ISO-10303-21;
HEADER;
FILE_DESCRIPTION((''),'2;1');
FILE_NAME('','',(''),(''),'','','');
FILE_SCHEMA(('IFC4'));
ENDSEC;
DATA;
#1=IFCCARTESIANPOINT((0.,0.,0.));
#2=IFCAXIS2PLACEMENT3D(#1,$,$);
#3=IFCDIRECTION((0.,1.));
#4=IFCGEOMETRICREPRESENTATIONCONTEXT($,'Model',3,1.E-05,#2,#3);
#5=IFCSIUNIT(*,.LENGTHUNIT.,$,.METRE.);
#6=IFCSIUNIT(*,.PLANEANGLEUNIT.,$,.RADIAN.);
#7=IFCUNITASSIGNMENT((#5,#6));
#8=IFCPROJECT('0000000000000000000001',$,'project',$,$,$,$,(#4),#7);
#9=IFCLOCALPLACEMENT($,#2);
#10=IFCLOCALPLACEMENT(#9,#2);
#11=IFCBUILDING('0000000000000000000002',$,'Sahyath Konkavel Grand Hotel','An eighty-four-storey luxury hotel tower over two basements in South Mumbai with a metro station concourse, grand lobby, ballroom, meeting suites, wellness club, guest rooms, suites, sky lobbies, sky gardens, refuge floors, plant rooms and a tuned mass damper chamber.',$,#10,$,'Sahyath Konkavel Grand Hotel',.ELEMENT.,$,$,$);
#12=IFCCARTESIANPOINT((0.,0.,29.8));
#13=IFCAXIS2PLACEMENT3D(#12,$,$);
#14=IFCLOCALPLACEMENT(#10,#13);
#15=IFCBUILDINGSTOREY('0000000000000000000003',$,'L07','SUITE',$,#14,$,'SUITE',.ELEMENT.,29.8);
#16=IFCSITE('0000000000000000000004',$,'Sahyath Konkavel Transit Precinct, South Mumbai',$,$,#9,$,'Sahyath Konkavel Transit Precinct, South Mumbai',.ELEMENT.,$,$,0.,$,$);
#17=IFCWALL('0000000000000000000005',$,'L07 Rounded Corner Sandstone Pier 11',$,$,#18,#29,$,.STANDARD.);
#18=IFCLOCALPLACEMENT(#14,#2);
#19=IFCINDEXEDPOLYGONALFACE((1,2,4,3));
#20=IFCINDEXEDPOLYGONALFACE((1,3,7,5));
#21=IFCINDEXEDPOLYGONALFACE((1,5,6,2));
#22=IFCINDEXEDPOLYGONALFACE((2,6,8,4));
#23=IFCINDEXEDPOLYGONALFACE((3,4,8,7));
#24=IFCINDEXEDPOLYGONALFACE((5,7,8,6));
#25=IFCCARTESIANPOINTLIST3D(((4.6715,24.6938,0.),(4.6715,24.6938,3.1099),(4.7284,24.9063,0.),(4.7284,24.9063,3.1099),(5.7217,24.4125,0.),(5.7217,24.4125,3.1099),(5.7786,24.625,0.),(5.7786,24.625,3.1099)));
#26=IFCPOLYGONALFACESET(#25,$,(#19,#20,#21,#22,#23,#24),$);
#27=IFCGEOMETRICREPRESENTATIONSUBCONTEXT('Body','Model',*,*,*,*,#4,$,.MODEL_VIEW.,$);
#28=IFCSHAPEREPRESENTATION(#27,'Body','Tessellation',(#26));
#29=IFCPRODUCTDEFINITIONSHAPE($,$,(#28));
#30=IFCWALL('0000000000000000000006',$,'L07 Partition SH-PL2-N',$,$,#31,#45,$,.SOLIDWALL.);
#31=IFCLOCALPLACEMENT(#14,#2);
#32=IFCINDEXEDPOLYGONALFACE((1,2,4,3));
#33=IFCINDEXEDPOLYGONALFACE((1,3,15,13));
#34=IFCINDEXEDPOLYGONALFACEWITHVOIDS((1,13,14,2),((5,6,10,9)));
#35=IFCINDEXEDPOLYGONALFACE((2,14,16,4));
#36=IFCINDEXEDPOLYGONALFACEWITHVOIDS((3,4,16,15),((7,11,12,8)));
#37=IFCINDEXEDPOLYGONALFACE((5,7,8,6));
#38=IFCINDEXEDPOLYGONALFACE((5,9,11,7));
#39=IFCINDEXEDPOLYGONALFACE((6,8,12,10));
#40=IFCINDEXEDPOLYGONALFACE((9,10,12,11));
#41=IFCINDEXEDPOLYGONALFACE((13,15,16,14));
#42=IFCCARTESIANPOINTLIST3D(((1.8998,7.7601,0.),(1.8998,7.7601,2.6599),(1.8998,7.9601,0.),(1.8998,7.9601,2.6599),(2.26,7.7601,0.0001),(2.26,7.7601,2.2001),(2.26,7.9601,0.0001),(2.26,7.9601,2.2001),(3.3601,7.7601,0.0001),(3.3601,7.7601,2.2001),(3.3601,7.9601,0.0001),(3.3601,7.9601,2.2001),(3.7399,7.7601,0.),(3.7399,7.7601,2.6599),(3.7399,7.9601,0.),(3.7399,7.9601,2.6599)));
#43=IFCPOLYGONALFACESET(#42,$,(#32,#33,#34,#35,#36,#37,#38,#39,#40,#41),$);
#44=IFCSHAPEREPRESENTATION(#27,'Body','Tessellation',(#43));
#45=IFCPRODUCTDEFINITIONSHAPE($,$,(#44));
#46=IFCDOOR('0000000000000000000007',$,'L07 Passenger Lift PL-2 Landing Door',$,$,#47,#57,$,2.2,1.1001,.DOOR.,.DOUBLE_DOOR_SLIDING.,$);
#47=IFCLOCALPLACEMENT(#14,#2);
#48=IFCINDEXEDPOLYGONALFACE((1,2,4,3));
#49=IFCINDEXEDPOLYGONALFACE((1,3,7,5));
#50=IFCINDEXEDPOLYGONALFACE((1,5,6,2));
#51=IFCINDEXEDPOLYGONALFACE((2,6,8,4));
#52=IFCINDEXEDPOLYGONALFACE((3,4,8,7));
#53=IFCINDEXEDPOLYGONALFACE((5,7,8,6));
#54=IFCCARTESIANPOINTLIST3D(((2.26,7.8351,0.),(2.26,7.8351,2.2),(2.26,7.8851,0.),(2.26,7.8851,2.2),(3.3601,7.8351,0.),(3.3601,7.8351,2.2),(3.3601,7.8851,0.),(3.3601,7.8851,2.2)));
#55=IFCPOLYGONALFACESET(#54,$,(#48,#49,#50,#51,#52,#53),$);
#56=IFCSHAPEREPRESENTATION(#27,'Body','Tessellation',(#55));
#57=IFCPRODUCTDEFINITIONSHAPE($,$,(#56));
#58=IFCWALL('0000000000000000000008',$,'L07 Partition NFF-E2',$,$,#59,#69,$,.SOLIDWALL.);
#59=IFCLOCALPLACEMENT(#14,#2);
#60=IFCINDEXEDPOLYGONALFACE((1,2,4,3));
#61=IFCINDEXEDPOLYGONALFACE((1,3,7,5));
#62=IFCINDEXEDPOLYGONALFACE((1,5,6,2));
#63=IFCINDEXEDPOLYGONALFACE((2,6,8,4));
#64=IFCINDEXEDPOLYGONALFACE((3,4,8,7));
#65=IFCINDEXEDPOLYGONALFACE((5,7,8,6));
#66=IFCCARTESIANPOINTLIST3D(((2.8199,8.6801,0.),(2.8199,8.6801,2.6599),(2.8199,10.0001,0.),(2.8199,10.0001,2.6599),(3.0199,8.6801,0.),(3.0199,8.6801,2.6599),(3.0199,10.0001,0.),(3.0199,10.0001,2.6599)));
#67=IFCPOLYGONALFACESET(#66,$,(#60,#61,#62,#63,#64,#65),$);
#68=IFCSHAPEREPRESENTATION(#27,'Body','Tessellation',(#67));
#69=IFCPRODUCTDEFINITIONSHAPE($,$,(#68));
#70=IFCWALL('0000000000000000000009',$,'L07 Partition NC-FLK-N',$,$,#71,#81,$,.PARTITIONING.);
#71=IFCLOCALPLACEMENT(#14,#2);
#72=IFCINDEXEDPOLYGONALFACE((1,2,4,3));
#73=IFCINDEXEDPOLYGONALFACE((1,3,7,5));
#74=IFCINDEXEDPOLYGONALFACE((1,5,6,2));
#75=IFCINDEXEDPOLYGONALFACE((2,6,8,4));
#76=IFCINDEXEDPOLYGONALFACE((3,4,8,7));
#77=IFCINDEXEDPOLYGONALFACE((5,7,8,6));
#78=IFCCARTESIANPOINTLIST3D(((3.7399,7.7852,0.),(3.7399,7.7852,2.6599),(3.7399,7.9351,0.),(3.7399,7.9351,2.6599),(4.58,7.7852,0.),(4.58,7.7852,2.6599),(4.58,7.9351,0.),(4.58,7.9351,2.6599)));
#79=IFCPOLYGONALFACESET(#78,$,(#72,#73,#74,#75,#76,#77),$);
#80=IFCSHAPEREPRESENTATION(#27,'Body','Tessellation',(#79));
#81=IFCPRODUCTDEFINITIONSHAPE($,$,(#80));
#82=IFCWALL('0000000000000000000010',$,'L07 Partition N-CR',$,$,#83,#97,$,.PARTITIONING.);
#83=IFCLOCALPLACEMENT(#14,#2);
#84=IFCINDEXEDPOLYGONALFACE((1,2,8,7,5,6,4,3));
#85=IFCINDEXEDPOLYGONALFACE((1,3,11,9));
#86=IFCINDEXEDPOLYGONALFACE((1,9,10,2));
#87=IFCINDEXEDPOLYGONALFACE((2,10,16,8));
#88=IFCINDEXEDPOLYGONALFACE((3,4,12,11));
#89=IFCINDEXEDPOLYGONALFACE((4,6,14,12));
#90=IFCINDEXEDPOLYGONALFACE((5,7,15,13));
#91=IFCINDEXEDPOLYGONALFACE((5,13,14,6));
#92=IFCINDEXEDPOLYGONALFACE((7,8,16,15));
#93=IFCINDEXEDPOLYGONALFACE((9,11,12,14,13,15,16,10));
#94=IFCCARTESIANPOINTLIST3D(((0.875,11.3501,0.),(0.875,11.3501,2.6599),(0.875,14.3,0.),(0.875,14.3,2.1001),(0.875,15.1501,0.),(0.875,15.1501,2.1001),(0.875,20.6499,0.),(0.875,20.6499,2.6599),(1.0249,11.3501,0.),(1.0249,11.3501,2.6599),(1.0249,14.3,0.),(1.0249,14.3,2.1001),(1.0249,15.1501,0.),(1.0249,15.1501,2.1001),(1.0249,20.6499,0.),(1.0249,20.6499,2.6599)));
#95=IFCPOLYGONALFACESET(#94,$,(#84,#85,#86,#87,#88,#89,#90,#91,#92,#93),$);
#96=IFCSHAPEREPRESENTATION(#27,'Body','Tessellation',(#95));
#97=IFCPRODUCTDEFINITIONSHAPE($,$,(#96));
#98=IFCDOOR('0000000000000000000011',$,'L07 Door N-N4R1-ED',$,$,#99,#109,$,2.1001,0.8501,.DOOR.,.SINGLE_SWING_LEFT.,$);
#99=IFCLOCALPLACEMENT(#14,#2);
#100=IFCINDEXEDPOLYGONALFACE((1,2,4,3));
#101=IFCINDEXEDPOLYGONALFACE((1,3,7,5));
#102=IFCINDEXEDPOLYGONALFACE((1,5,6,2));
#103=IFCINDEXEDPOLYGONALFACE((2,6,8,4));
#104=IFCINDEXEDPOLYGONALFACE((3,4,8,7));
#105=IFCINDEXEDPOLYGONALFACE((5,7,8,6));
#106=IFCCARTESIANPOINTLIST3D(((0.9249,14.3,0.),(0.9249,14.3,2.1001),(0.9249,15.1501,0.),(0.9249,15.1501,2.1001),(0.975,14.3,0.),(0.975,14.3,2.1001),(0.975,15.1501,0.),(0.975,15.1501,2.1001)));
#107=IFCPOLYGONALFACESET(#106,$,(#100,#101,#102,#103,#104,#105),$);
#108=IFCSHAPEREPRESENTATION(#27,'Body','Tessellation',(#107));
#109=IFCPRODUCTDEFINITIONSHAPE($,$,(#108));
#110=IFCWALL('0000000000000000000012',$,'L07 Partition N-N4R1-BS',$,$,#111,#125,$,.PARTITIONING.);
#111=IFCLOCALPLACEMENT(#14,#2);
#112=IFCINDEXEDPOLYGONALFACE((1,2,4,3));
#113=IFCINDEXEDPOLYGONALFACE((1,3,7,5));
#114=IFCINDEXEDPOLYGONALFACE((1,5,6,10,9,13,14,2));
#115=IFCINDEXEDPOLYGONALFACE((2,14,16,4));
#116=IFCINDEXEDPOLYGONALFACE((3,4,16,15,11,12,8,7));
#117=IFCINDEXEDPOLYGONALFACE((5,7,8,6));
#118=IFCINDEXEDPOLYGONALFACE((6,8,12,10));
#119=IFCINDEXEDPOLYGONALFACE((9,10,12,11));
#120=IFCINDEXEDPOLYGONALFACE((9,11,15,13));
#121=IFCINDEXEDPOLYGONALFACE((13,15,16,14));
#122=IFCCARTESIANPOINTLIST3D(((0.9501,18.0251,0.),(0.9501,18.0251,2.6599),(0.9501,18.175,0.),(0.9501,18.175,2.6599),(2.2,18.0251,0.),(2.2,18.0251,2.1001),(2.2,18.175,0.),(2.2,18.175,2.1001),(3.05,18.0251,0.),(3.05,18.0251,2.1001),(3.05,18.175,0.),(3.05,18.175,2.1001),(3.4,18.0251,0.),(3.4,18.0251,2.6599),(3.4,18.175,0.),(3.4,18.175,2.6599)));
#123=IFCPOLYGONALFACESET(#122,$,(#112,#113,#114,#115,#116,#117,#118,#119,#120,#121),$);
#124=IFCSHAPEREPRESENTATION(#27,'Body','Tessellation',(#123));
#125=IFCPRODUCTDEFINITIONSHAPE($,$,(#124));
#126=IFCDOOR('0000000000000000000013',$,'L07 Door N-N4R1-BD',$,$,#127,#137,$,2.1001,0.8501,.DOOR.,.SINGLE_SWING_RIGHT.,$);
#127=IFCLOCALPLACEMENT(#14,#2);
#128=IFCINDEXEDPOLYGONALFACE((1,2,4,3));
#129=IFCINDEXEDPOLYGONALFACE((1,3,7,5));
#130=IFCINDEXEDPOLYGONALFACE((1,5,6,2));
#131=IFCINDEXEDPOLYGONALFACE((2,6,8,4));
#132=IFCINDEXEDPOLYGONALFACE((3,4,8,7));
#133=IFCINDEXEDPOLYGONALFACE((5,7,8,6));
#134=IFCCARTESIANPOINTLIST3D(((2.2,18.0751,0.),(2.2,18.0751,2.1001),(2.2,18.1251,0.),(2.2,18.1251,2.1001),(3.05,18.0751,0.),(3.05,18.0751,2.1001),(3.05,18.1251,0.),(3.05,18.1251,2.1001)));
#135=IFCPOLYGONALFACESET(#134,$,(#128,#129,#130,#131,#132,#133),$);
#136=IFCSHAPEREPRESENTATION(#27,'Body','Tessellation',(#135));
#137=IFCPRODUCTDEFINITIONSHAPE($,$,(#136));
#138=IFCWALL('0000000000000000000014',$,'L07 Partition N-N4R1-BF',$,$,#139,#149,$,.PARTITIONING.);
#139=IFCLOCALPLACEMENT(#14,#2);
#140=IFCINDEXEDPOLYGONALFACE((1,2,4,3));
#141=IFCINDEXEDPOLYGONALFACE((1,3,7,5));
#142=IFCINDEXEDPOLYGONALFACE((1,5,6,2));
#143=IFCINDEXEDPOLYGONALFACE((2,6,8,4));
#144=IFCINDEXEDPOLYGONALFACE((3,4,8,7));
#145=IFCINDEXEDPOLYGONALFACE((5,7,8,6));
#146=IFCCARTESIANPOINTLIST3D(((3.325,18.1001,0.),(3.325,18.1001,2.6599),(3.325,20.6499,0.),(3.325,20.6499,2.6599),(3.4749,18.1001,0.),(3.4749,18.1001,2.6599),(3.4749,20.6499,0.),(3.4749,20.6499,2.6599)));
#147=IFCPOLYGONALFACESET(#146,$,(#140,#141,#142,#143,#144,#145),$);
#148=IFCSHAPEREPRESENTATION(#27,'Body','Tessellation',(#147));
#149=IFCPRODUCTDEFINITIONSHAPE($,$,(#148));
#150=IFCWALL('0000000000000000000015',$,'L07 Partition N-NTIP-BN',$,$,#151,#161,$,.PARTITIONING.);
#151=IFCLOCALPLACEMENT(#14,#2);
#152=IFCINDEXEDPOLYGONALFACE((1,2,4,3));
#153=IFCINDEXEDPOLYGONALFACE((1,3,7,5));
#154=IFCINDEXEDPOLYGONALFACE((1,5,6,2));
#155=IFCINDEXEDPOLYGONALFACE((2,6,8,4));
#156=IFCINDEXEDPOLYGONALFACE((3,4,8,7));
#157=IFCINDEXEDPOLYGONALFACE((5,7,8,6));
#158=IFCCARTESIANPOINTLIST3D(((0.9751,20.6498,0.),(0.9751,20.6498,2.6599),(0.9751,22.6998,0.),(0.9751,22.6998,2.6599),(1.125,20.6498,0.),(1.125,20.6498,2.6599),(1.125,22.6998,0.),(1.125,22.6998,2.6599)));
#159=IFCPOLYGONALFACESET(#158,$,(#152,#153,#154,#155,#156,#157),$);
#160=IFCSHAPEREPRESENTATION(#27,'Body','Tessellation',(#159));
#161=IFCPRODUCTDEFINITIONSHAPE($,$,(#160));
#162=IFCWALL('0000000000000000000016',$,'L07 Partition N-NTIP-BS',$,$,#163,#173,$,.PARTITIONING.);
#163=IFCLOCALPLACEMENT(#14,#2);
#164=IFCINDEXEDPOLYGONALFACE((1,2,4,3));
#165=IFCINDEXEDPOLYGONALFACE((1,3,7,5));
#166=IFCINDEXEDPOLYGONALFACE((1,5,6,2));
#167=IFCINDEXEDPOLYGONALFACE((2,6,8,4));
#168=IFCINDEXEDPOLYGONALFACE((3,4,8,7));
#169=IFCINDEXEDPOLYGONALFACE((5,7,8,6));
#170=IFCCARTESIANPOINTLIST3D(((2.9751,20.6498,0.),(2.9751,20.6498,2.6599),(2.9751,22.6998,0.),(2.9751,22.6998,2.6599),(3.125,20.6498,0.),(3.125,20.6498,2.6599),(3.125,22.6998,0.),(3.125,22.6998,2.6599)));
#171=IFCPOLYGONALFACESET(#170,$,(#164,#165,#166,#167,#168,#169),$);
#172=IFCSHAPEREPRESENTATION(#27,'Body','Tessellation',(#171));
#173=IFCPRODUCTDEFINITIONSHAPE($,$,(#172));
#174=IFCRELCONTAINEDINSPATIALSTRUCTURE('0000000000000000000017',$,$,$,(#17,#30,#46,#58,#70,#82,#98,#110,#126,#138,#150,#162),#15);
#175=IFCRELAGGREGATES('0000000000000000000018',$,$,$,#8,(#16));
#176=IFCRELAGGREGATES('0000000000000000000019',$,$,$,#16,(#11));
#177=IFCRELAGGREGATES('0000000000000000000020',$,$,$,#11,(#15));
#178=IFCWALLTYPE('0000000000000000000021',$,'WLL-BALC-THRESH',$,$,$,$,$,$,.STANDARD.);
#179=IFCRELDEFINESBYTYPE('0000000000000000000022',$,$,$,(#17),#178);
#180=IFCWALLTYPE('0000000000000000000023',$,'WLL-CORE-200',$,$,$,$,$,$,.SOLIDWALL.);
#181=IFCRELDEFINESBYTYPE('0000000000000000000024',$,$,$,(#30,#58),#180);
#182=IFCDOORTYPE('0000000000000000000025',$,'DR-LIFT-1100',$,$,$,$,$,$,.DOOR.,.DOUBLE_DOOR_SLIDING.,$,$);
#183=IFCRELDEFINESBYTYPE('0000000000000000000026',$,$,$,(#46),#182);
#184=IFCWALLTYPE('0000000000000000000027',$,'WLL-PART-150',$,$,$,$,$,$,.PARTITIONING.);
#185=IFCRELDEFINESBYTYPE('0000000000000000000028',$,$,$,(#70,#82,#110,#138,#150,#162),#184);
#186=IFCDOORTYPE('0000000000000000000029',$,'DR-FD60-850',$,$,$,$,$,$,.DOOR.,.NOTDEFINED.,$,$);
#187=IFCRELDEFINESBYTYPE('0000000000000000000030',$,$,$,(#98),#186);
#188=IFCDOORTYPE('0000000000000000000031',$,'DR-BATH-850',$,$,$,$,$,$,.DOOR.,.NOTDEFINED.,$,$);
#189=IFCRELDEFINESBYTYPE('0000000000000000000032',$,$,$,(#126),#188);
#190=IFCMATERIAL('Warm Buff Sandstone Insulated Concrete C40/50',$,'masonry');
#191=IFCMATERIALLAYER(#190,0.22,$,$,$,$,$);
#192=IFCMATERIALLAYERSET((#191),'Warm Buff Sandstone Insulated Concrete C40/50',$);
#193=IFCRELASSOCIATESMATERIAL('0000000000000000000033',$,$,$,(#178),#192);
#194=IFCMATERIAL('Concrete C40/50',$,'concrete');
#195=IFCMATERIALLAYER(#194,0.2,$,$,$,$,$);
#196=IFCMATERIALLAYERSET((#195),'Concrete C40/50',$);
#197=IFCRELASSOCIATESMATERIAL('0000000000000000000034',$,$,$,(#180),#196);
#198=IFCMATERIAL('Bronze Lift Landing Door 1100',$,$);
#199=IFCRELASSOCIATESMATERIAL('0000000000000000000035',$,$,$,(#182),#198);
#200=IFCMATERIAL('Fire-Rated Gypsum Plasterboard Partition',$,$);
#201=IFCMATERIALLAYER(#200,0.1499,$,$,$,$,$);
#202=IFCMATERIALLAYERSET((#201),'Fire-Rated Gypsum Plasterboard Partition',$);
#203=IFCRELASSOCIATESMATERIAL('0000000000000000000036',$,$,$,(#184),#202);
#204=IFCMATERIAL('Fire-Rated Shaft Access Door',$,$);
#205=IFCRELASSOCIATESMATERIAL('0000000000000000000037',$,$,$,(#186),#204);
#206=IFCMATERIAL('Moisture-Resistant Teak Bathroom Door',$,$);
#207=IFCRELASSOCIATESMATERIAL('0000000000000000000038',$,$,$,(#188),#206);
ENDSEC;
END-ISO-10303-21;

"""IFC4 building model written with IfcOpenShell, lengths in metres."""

from ifc_helpers import new_model, si_unit, direction, frame, frame_2d, origin, origin_2d, place, context, subcontext, project, spatial, rectangle, extrude, source, transform, mapped, material, layer, layer_set, type_object, element, fill, save


model = new_model("IFC4")

# Units and contexts
model_context = context("Model", 3, precision=1e-05, world=origin(), true_north=direction((0.0, 1.0)))
body_context = subcontext(model_context, "Body", "Model", "MODEL_VIEW")
ifc_project = project(units=[si_unit("LENGTHUNIT", "METRE"), si_unit("PLANEANGLEUNIT", "RADIAN")], contexts=[model_context])

# Site, building, storey
site_placement = place(None, origin())
site = spatial("IfcSite", under=ifc_project, at=site_placement, Name="Sahyath Konkavel Transit Precinct, South Mumbai", LongName="Sahyath Konkavel Transit Precinct, South Mumbai", CompositionType="ELEMENT", RefElevation=0.0)
building_placement = place(site_placement, origin())
building = spatial("IfcBuilding", under=site, at=building_placement, Name="Sahyath Konkavel Grand Hotel", Description="An eighty-four-storey luxury hotel tower over two basements in South Mumbai with a metro station concourse, grand lobby, ballroom, meeting suites, wellness club, guest rooms, suites, sky lobbies, sky gardens, refuge floors, plant rooms and a tuned mass damper chamber.", LongName="Sahyath Konkavel Grand Hotel", CompositionType="ELEMENT")
storey_placement = place(building_placement, frame((0.0, 0.0, 29.8)))
storey = spatial("IfcBuildingStorey", under=building, at=storey_placement, Name="L07", Description="SUITE", LongName="SUITE", CompositionType="ELEMENT", Elevation=29.8)

# Wall
ifc_material_1 = material(Name="Warm Buff Sandstone Insulated Concrete C40/50", Category="masonry")
ifc_layer_1 = layer(ifc_material_1, 0.22)
ifc_layer_set_1 = layer_set([ifc_layer_1], Name="Warm Buff Sandstone Insulated Concrete C40/50")
wall_type_1 = type_object("IfcWallType", Name="WLL-BALC-THRESH", PredefinedType="STANDARD", material=ifc_layer_set_1)
wall_1_placement = place(storey_placement, frame((5.75, 24.5188, 0.0), z_axis=(0.0, 0.0, 1.0), x_axis=(-0.965951, 0.258725, 0.0)))
element("IfcWall", 1, at=wall_1_placement, inside=storey, type_object=wall_type_1, Name="L07 Rounded Corner Sandstone Pier 11", PredefinedType="STANDARD", context=body_context, shape_type="SweptSolid", body=[
    extrude(rectangle(XDim=1.0872, YDim=0.22, at=frame_2d((0.5435, 0.0))), origin(), (0.0, 0.0, 1.0), 3.1099),
])

# Wall, opening, door
ifc_material_2 = material(Name="Concrete C40/50", Category="concrete")
ifc_layer_2 = layer(ifc_material_2, 0.2)
ifc_layer_set_2 = layer_set([ifc_layer_2], Name="Concrete C40/50")
wall_type_2 = type_object("IfcWallType", Name="WLL-CORE-200", PredefinedType="SOLIDWALL", material=ifc_layer_set_2)
wall_2_placement = place(storey_placement, frame((1.8999, 7.8601, 0.0), z_axis=(0.0, 0.0, 1.0), x_axis=(1.0, 0.0, 0.0)))
wall_2 = element("IfcWall", 2, at=wall_2_placement, inside=storey, type_object=wall_type_2, Name="L07 Partition SH-PL2-N", PredefinedType="SOLIDWALL", context=body_context, shape_type="SweptSolid", body=[
    extrude(rectangle(XDim=1.8401, YDim=0.2, at=frame_2d((0.9199, 0.0))), origin(), (0.0, 0.0, 1.0), 2.6599),
])
opening_1_placement = place(wall_2_placement, frame((0.3601, 0.0, 0.0)))
opening_1 = element("IfcOpeningElement", 3, at=opening_1_placement, cuts=wall_2, PredefinedType="OPENING", context=body_context, shape_type="SweptSolid", body=[
    extrude(rectangle(XDim=1.1001, YDim=2.2, at=frame_2d((0.55, 1.1001))), frame((0.0, 0.1099, 0.0), z_axis=(0.0, -1.0, 0.0), x_axis=(1.0, 0.0, 0.0)), (0.0, 0.0, 1.0), 0.22),
])
ifc_material_3 = material(Name="Bronze Lift Landing Door 1100")
door_type_1 = type_object("IfcDoorType", Name="DR-LIFT-1100", OperationType="DOUBLE_DOOR_SLIDING", PredefinedType="DOOR", material=ifc_material_3)
shared_shape_1 = source(origin(), body_context, "Body", "SweptSolid", [
    extrude(rectangle(XDim=1.1001, YDim=0.05, at=origin_2d()), origin(), (0.0, 0.0, 1.0), 2.2),
])
door_1_placement = place(opening_1_placement, frame((0.55, 0.0, 0.0)))
door_1 = element("IfcDoor", 4, at=door_1_placement, inside=storey, type_object=door_type_1, Name="L07 Passenger Lift PL-2 Landing Door", OperationType="DOUBLE_DOOR_SLIDING", OverallHeight=2.2, OverallWidth=1.1001, PredefinedType="DOOR", context=body_context, shape_type="MappedRepresentation", body=[
    mapped(shared_shape_1, transform((0.0, 0.0, 0.0), scale=1.0)),
])
fill(opening_1, door_1)

# Walls
wall_3_placement = place(storey_placement, frame((2.9199, 8.6799, 0.0), z_axis=(0.0, 0.0, 1.0), x_axis=(0.0, 1.0, 0.0)))
element("IfcWall", 5, at=wall_3_placement, inside=storey, type_object=wall_type_2, Name="L07 Partition NFF-E2", PredefinedType="SOLIDWALL", context=body_context, shape_type="SweptSolid", body=[
    extrude(rectangle(XDim=1.3201, YDim=0.2, at=frame_2d((0.6602, 0.0))), origin(), (0.0, 0.0, 1.0), 2.6599),
])
ifc_material_4 = material(Name="Fire-Rated Gypsum Plasterboard Partition")
ifc_layer_3 = layer(ifc_material_4, 0.1499)
ifc_layer_set_3 = layer_set([ifc_layer_3], Name="Fire-Rated Gypsum Plasterboard Partition")
wall_type_3 = type_object("IfcWallType", Name="WLL-PART-150", PredefinedType="PARTITIONING", material=ifc_layer_set_3)
wall_4_placement = place(storey_placement, frame((3.74, 7.8601, 0.0), z_axis=(0.0, 0.0, 1.0), x_axis=(1.0, 0.0, 0.0)))
element("IfcWall", 6, at=wall_4_placement, inside=storey, type_object=wall_type_3, Name="L07 Partition NC-FLK-N", PredefinedType="PARTITIONING", context=body_context, shape_type="SweptSolid", body=[
    extrude(rectangle(XDim=0.8401, YDim=0.1499, at=frame_2d((0.4199, 0.0))), origin(), (0.0, 0.0, 1.0), 2.6599),
])

# Walls, openings, doors
wall_5_placement = place(storey_placement, frame((0.95, 11.3501, 0.0), z_axis=(0.0, 0.0, 1.0), x_axis=(0.0, 1.0, 0.0)))
wall_5 = element("IfcWall", 7, at=wall_5_placement, inside=storey, type_object=wall_type_3, Name="L07 Partition N-CR", PredefinedType="PARTITIONING", context=body_context, shape_type="SweptSolid", body=[
    extrude(rectangle(XDim=9.2998, YDim=0.1499, at=frame_2d((4.6499, 0.0))), origin(), (0.0, 0.0, 1.0), 2.6599),
])
opening_2_placement = place(wall_5_placement, frame((2.95, 0.0, 0.0)))
opening_2 = element("IfcOpeningElement", 8, at=opening_2_placement, cuts=wall_5, PredefinedType="OPENING", context=body_context, shape_type="SweptSolid", body=[
    extrude(rectangle(XDim=0.8501, YDim=2.1001, at=frame_2d((0.425, 1.05))), frame((0.0, 0.085, 0.0), z_axis=(0.0, -1.0, 0.0), x_axis=(1.0, 0.0, 0.0)), (0.0, 0.0, 1.0), 0.1699),
])
ifc_material_5 = material(Name="Fire-Rated Shaft Access Door")
door_type_2 = type_object("IfcDoorType", Name="DR-FD60-850", OperationType="NOTDEFINED", PredefinedType="DOOR", material=ifc_material_5)
shared_shape_2 = source(origin(), body_context, "Body", "SweptSolid", [
    extrude(rectangle(XDim=0.8501, YDim=0.05, at=origin_2d()), origin(), (0.0, 0.0, 1.0), 2.1001),
])
door_2_placement = place(opening_2_placement, frame((0.425, 0.0, 0.0)))
door_2 = element("IfcDoor", 9, at=door_2_placement, inside=storey, type_object=door_type_2, Name="L07 Door N-N4R1-ED", OperationType="SINGLE_SWING_LEFT", OverallHeight=2.1001, OverallWidth=0.8501, PredefinedType="DOOR", context=body_context, shape_type="MappedRepresentation", body=[
    mapped(shared_shape_2, transform((0.0, 0.0, 0.0), scale=1.0)),
])
fill(opening_2, door_2)
wall_6_placement = place(storey_placement, frame((0.95, 18.1001, 0.0), z_axis=(0.0, 0.0, 1.0), x_axis=(1.0, 0.0, 0.0)))
wall_6 = element("IfcWall", 10, at=wall_6_placement, inside=storey, type_object=wall_type_3, Name="L07 Partition N-N4R1-BS", PredefinedType="PARTITIONING", context=body_context, shape_type="SweptSolid", body=[
    extrude(rectangle(XDim=2.45, YDim=0.1499, at=frame_2d((1.2251, 0.0))), origin(), (0.0, 0.0, 1.0), 2.6599),
])
opening_3_placement = place(wall_6_placement, frame((1.25, 0.0, 0.0)))
opening_3 = element("IfcOpeningElement", 11, at=opening_3_placement, cuts=wall_6, PredefinedType="OPENING", context=body_context, shape_type="SweptSolid", body=[
    extrude(rectangle(XDim=0.8501, YDim=2.1001, at=frame_2d((0.425, 1.05))), frame((0.0, 0.085, 0.0), z_axis=(0.0, -1.0, 0.0), x_axis=(1.0, 0.0, 0.0)), (0.0, 0.0, 1.0), 0.1699),
])
ifc_material_6 = material(Name="Moisture-Resistant Teak Bathroom Door")
door_type_3 = type_object("IfcDoorType", Name="DR-BATH-850", OperationType="NOTDEFINED", PredefinedType="DOOR", material=ifc_material_6)
door_3_placement = place(opening_3_placement, frame((0.425, 0.0, 0.0)))
door_3 = element("IfcDoor", 12, at=door_3_placement, inside=storey, type_object=door_type_3, Name="L07 Door N-N4R1-BD", OperationType="SINGLE_SWING_RIGHT", OverallHeight=2.1001, OverallWidth=0.8501, PredefinedType="DOOR", context=body_context, shape_type="MappedRepresentation", body=[
    mapped(shared_shape_2, transform((0.0, 0.0, 0.0), scale=1.0)),
])
fill(opening_3, door_3)

# Walls
wall_7_placement = place(storey_placement, frame((3.3999, 18.1001, 0.0), z_axis=(0.0, 0.0, 1.0), x_axis=(0.0, 1.0, 0.0)))
element("IfcWall", 13, at=wall_7_placement, inside=storey, type_object=wall_type_3, Name="L07 Partition N-N4R1-BF", PredefinedType="PARTITIONING", context=body_context, shape_type="SweptSolid", body=[
    extrude(rectangle(XDim=2.5498, YDim=0.1499, at=frame_2d((1.2749, 0.0))), origin(), (0.0, 0.0, 1.0), 2.6599),
])
for number, where, z_axis, x_axis, name in (
    (14, (1.05, 20.6499, 0.0), (0.0, 0.0, 1.0), (0.0, 1.0, 0.0), "L07 Partition N-NTIP-BN"),
    (15, (3.05, 20.6499, 0.0), (0.0, 0.0, 1.0), (0.0, 1.0, 0.0), "L07 Partition N-NTIP-BS"),
):
    element("IfcWall", number, at=place(storey_placement, frame(where, z_axis=z_axis, x_axis=x_axis)), inside=storey, type_object=wall_type_3, Name=name, PredefinedType="PARTITIONING", context=body_context, shape_type="SweptSolid", body=[
        extrude(rectangle(XDim=2.05, YDim=0.1499, at=frame_2d((1.0249, 0.0))), origin(), (0.0, 0.0, 1.0), 2.6599),
    ])

save(model, "model.ifc")
